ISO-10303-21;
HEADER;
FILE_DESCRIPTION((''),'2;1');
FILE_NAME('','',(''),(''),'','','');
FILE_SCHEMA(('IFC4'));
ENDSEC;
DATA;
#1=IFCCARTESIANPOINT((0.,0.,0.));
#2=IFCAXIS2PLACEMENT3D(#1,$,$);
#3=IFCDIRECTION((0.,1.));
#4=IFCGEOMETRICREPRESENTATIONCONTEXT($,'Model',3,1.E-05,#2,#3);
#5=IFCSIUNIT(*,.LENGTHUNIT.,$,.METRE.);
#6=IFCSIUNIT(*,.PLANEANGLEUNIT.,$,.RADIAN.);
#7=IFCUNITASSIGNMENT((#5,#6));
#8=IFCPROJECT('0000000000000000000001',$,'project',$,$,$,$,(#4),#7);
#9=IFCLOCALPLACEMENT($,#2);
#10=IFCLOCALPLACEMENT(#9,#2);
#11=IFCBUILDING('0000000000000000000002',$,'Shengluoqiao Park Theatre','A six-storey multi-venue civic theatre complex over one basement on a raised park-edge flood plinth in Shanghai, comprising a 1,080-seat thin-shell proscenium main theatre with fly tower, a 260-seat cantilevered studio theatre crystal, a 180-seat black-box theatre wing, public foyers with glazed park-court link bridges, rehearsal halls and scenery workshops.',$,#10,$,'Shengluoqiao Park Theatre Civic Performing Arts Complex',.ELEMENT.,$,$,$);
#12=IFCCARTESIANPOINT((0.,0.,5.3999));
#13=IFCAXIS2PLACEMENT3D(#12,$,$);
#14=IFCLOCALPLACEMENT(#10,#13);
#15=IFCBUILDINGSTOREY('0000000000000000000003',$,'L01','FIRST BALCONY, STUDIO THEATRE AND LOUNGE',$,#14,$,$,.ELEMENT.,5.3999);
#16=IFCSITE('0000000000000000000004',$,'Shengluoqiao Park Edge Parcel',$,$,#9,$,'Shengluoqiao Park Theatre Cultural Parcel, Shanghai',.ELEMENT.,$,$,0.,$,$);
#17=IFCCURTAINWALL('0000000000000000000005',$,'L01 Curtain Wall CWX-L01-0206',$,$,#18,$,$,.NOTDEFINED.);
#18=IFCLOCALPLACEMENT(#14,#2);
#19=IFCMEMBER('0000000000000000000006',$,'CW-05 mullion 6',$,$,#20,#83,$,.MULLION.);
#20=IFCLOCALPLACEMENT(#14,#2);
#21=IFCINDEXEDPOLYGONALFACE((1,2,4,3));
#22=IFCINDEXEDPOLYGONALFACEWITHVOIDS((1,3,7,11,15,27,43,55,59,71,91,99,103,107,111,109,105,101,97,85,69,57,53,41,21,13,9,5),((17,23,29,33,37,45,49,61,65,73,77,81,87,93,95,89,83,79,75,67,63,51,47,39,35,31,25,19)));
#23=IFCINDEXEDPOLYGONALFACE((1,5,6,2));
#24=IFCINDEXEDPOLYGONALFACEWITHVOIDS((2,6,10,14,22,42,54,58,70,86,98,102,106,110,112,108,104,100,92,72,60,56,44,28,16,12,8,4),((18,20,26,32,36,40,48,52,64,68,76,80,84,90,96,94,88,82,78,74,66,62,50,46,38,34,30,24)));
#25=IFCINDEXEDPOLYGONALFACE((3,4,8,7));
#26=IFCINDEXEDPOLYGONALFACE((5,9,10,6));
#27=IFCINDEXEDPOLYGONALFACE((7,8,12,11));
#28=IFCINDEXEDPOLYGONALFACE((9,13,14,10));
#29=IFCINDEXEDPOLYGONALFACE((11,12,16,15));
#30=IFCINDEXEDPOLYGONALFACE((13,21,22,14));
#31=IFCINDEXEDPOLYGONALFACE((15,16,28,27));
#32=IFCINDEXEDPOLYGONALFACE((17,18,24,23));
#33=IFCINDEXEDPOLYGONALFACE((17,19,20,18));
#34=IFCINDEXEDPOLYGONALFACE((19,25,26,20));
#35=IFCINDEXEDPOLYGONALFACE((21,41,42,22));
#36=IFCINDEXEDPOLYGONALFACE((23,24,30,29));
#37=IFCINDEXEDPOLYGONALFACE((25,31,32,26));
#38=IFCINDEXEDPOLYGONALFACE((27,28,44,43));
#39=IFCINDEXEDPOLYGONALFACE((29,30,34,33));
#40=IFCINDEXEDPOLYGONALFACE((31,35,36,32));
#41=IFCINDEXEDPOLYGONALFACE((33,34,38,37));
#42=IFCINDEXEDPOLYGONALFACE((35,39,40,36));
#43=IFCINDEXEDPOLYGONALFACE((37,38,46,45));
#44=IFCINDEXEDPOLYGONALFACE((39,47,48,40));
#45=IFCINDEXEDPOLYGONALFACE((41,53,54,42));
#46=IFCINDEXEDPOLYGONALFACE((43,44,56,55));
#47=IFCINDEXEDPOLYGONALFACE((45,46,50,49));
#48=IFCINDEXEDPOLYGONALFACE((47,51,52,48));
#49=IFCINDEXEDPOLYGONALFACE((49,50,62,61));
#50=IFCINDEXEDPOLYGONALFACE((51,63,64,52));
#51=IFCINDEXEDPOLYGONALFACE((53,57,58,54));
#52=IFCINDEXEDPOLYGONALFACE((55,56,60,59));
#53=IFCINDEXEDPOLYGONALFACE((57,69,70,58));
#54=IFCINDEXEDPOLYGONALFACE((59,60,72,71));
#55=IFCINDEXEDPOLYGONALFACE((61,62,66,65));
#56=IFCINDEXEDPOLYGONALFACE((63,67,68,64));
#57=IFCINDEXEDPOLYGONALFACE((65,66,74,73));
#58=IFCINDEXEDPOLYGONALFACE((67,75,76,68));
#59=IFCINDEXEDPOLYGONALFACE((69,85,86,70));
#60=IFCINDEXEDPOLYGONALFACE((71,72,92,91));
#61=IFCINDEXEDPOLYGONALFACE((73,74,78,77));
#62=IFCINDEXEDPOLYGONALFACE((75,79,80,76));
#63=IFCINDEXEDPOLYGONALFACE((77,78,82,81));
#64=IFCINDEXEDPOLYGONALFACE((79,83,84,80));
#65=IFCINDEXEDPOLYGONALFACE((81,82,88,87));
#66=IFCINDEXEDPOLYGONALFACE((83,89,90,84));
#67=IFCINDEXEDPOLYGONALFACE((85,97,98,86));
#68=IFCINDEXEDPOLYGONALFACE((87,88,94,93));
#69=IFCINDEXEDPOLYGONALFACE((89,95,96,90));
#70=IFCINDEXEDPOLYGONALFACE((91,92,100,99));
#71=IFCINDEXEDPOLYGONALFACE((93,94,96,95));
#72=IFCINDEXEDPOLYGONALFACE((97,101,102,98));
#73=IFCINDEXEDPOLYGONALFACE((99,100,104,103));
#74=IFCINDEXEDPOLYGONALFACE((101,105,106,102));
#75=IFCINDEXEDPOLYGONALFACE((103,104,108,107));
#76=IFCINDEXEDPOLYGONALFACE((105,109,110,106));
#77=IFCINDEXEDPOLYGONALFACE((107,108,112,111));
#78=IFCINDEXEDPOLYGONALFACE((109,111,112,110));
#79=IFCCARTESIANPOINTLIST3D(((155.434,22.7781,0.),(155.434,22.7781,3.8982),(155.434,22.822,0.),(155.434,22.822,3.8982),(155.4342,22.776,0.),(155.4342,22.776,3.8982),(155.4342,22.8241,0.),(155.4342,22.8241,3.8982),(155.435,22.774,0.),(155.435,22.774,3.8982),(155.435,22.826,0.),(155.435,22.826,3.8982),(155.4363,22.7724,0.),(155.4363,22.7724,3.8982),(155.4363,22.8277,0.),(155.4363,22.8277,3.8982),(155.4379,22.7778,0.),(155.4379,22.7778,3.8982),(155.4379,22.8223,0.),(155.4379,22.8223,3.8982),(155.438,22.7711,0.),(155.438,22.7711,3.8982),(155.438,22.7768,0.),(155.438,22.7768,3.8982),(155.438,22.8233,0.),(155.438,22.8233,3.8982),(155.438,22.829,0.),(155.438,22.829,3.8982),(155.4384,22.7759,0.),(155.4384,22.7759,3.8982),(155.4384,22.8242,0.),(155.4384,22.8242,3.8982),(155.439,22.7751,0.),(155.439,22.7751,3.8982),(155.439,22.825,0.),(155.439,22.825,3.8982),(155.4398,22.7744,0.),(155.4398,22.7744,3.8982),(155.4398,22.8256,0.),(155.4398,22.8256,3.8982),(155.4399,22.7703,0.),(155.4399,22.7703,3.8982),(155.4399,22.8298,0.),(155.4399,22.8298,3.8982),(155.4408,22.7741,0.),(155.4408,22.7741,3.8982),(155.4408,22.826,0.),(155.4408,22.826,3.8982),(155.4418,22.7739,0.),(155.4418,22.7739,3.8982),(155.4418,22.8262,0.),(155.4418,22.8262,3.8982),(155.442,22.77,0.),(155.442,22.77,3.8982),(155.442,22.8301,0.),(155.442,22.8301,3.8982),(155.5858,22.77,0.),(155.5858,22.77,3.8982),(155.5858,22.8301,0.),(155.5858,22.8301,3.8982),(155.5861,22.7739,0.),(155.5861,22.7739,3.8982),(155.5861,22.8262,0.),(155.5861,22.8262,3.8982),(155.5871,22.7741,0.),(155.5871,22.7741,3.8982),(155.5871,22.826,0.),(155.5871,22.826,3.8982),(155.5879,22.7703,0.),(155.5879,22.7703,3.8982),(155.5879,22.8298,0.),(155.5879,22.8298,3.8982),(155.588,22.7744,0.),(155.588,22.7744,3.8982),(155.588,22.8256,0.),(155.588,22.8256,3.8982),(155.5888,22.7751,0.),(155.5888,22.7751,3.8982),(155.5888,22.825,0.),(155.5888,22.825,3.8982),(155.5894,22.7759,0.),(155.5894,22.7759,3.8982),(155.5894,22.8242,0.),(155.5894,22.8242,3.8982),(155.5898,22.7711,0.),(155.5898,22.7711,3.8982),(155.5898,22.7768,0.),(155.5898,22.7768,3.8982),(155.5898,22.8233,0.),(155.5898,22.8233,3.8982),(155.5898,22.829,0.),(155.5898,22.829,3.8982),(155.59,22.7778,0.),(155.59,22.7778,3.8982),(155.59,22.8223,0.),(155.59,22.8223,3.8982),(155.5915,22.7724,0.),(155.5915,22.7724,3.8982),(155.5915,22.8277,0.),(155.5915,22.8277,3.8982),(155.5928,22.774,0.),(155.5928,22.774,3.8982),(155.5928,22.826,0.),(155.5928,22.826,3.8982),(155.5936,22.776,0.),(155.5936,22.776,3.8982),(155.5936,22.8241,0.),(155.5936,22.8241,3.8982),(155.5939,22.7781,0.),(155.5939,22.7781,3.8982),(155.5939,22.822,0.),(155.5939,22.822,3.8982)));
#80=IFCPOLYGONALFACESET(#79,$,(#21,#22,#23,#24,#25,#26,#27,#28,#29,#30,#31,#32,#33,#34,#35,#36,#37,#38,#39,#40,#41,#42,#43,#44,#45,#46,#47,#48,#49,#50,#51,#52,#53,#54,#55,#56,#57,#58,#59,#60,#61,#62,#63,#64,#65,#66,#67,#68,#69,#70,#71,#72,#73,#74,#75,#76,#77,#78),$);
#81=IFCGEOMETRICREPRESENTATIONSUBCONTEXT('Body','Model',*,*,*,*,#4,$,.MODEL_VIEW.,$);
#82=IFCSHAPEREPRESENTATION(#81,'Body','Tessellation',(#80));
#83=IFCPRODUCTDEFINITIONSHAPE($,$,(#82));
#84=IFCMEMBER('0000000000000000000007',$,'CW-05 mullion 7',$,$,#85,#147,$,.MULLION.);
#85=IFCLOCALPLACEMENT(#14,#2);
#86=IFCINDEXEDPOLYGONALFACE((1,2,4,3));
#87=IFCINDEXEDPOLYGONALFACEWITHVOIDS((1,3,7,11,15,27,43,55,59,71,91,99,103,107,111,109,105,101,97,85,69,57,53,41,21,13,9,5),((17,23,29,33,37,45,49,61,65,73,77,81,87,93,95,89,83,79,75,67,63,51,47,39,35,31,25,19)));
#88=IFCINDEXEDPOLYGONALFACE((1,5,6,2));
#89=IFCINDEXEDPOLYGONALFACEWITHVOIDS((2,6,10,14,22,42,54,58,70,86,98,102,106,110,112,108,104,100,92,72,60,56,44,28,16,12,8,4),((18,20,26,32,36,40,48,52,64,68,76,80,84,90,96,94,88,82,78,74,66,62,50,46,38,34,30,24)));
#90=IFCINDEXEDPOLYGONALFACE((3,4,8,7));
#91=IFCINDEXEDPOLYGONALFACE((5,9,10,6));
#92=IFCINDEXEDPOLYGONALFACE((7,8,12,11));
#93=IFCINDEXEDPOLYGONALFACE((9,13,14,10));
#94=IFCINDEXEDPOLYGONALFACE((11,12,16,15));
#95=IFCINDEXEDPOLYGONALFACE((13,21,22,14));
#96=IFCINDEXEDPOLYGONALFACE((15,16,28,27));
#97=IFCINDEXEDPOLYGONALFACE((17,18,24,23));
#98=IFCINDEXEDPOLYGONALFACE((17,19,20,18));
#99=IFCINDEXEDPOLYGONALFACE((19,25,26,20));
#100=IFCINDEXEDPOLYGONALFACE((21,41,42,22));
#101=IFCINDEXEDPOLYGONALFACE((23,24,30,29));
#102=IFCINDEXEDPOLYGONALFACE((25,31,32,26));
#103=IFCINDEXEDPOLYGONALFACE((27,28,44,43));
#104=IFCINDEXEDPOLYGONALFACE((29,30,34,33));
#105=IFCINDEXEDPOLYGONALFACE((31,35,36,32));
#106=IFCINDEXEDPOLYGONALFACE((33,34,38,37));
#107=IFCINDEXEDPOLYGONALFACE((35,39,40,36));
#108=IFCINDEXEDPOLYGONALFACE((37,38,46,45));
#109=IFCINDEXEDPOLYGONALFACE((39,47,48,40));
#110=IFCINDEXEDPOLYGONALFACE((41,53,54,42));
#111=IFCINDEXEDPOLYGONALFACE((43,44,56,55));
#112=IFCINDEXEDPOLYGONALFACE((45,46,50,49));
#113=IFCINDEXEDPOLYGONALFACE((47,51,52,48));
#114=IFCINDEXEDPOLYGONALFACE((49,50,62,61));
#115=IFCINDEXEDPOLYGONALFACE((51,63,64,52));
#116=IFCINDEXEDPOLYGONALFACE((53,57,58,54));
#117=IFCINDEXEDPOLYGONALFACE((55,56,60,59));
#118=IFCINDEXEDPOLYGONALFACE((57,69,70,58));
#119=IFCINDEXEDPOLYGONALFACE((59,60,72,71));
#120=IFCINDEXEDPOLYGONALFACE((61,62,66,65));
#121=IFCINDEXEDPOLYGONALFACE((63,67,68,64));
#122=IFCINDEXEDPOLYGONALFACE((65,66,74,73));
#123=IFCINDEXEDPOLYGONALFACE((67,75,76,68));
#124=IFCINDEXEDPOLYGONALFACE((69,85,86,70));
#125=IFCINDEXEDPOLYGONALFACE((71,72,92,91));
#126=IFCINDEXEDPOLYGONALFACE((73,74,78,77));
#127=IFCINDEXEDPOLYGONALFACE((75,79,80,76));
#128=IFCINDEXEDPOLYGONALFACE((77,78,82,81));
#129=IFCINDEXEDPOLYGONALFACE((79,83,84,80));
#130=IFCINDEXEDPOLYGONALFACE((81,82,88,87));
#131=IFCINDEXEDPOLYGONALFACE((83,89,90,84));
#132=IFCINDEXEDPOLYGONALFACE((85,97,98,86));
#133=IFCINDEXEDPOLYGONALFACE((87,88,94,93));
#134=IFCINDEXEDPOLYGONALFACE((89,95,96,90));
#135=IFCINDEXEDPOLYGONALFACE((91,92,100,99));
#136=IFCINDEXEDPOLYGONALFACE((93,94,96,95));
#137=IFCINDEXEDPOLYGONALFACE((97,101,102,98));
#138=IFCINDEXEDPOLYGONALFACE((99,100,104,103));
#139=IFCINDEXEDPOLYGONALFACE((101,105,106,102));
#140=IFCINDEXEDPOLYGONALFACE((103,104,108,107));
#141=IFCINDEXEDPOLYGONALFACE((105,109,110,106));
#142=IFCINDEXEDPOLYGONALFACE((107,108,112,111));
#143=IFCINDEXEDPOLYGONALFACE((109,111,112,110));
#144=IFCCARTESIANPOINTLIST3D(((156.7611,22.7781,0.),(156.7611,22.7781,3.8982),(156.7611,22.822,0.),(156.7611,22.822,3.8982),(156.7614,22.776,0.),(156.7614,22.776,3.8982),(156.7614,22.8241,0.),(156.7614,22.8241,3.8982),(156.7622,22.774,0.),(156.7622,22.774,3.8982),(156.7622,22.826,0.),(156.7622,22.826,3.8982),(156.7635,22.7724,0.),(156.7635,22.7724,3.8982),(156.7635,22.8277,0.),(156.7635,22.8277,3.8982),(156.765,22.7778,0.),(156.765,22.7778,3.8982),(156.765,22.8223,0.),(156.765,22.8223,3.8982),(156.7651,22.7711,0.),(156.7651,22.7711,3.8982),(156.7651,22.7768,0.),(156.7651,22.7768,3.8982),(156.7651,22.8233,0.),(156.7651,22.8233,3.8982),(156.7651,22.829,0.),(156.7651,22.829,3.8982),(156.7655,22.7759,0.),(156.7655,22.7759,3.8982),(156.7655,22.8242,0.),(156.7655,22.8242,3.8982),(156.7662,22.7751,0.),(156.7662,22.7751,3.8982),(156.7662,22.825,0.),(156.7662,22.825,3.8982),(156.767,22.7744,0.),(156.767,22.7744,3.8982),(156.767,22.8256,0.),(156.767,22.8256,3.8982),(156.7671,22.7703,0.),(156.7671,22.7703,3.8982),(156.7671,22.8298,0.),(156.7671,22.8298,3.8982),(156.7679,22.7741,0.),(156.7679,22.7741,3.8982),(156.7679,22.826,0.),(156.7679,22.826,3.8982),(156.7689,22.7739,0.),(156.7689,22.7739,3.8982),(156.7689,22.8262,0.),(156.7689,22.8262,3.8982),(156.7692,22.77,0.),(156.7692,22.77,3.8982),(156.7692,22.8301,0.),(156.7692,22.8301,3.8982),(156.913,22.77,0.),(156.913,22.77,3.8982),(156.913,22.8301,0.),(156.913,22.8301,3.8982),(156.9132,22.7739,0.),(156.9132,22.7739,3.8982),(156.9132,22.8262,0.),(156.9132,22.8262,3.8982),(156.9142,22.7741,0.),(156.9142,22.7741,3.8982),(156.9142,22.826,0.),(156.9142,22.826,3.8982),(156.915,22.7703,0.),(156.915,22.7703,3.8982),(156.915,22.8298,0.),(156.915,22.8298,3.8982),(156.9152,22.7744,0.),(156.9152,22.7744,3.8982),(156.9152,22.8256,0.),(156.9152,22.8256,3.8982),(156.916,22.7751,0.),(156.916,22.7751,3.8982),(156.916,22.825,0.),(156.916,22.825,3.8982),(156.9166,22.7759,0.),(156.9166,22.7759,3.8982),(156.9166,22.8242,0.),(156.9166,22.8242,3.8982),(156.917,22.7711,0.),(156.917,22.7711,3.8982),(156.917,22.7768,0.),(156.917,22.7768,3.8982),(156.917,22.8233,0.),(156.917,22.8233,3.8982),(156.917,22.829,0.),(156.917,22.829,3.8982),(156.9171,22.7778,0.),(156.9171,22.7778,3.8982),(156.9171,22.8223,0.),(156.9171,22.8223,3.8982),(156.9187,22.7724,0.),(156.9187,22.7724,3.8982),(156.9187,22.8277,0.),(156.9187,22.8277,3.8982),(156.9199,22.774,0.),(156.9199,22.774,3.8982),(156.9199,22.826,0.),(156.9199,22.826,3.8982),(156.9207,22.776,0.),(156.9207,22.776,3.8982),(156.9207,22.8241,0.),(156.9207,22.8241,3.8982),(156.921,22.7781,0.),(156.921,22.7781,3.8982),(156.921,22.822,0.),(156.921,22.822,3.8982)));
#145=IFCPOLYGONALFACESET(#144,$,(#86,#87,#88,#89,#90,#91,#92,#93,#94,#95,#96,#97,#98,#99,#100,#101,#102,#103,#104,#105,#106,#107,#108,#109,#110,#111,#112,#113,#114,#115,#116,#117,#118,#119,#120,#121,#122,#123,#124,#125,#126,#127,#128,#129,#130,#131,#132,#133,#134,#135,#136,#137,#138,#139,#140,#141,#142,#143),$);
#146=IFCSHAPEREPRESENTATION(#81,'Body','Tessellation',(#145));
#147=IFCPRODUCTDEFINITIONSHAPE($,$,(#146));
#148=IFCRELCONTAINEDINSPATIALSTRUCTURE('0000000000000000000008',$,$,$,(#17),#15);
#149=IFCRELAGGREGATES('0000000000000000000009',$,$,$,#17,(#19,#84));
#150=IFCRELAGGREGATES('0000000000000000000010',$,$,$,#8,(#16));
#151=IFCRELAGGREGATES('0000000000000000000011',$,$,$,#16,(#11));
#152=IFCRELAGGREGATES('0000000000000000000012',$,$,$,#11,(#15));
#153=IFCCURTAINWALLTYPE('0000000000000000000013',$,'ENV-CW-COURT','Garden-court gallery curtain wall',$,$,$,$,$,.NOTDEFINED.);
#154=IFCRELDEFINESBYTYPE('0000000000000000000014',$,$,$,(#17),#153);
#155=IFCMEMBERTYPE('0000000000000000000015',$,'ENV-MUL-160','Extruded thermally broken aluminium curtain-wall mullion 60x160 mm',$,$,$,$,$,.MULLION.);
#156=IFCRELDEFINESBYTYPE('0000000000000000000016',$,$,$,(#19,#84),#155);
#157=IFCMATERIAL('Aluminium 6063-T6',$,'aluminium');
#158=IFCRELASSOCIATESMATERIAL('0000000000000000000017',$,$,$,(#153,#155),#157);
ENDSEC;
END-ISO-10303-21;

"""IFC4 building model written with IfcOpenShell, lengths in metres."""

from ifc_helpers import new_model, si_unit, direction, frame, origin, origin_2d, place, context, subcontext, project, spatial, hollow_rectangle, extrude, material, material_profile, profile_set, type_object, element, aggregate, save


model = new_model("IFC4")

# Units and contexts
model_context = context("Model", 3, precision=1e-05, world=origin(), true_north=direction((0.0, 1.0)))
body_context = subcontext(model_context, "Body", "Model", "MODEL_VIEW")
ifc_project = project(units=[si_unit("LENGTHUNIT", "METRE"), si_unit("PLANEANGLEUNIT", "RADIAN")], contexts=[model_context])

# Site, building, storey
site_placement = place(None, origin())
site = spatial("IfcSite", under=ifc_project, at=site_placement, Name="Shengluoqiao Park Edge Parcel", LongName="Shengluoqiao Park Theatre Cultural Parcel, Shanghai", CompositionType="ELEMENT", RefElevation=0.0)
building_placement = place(site_placement, origin())
building = spatial("IfcBuilding", under=site, at=building_placement, Name="Shengluoqiao Park Theatre", Description="A six-storey multi-venue civic theatre complex over one basement on a raised park-edge flood plinth in Shanghai, comprising a 1,080-seat thin-shell proscenium main theatre with fly tower, a 260-seat cantilevered studio theatre crystal, a 180-seat black-box theatre wing, public foyers with glazed park-court link bridges, rehearsal halls and scenery workshops.", LongName="Shengluoqiao Park Theatre Civic Performing Arts Complex", CompositionType="ELEMENT")
storey_placement = place(building_placement, frame((0.0, 0.0, 5.3999)))
storey = spatial("IfcBuildingStorey", under=building, at=storey_placement, Name="L01", Description="FIRST BALCONY, STUDIO THEATRE AND LOUNGE", CompositionType="ELEMENT", Elevation=5.3999)

# Curtain wall, members
ifc_material_1 = material(Name="Aluminium 6063-T6", Category="aluminium")
curtain_wall_type = type_object("IfcCurtainWallType", Name="ENV-CW-COURT", Description="Garden-court gallery curtain wall", PredefinedType="NOTDEFINED", material=ifc_material_1)
curtain_wall_placement = place(storey_placement, origin())
curtain_wall = element("IfcCurtainWall", 1, at=curtain_wall_placement, inside=storey, type_object=curtain_wall_type, Name="L01 Curtain Wall CWX-L01-0206", PredefinedType="NOTDEFINED")
ifc_material_profile_1 = material_profile(ifc_material_1, hollow_rectangle(XDim=0.0601, YDim=0.1599, WallThickness=0.0039, InnerFilletRadius=0.0039, OuterFilletRadius=0.0081, at=origin_2d()), Name="ALU MULLION 160x60x4")
ifc_profile_set_1 = profile_set([ifc_material_profile_1], Name="Aluminium 6063-T6")
member_type_1 = type_object("IfcMemberType", Name="ENV-MUL-160", Description="Extruded thermally broken aluminium curtain-wall mullion 60x160 mm", PredefinedType="MULLION", material=ifc_profile_set_1)
member_1_placement = place(storey_placement, frame((155.5139, 22.8, 0.0), z_axis=(0.0, 0.0, 1.0), x_axis=(0.0, 1.0, 0.0)))
member_1 = element("IfcMember", 2, at=member_1_placement, type_object=member_type_1, Name="CW-05 mullion 6", PredefinedType="MULLION", context=body_context, shape_type="SweptSolid", body=[
    extrude(hollow_rectangle(XDim=0.0601, YDim=0.1599, WallThickness=0.0039, InnerFilletRadius=0.0039, OuterFilletRadius=0.0081, at=origin_2d()), origin(), (0.0, 0.0, 1.0), 3.8982),
])
member_2_placement = place(storey_placement, frame((156.8411, 22.8, 0.0), z_axis=(0.0, 0.0, 1.0), x_axis=(0.0, 1.0, 0.0)))
member_2 = element("IfcMember", 3, at=member_2_placement, type_object=member_type_1, Name="CW-05 mullion 7", PredefinedType="MULLION", context=body_context, shape_type="SweptSolid", body=[
    extrude(hollow_rectangle(XDim=0.0601, YDim=0.1599, WallThickness=0.0039, InnerFilletRadius=0.0039, OuterFilletRadius=0.0081, at=origin_2d()), origin(), (0.0, 0.0, 1.0), 3.8982),
])

aggregate(curtain_wall, [member_1, member_2])

save(model, "model.ifc")
